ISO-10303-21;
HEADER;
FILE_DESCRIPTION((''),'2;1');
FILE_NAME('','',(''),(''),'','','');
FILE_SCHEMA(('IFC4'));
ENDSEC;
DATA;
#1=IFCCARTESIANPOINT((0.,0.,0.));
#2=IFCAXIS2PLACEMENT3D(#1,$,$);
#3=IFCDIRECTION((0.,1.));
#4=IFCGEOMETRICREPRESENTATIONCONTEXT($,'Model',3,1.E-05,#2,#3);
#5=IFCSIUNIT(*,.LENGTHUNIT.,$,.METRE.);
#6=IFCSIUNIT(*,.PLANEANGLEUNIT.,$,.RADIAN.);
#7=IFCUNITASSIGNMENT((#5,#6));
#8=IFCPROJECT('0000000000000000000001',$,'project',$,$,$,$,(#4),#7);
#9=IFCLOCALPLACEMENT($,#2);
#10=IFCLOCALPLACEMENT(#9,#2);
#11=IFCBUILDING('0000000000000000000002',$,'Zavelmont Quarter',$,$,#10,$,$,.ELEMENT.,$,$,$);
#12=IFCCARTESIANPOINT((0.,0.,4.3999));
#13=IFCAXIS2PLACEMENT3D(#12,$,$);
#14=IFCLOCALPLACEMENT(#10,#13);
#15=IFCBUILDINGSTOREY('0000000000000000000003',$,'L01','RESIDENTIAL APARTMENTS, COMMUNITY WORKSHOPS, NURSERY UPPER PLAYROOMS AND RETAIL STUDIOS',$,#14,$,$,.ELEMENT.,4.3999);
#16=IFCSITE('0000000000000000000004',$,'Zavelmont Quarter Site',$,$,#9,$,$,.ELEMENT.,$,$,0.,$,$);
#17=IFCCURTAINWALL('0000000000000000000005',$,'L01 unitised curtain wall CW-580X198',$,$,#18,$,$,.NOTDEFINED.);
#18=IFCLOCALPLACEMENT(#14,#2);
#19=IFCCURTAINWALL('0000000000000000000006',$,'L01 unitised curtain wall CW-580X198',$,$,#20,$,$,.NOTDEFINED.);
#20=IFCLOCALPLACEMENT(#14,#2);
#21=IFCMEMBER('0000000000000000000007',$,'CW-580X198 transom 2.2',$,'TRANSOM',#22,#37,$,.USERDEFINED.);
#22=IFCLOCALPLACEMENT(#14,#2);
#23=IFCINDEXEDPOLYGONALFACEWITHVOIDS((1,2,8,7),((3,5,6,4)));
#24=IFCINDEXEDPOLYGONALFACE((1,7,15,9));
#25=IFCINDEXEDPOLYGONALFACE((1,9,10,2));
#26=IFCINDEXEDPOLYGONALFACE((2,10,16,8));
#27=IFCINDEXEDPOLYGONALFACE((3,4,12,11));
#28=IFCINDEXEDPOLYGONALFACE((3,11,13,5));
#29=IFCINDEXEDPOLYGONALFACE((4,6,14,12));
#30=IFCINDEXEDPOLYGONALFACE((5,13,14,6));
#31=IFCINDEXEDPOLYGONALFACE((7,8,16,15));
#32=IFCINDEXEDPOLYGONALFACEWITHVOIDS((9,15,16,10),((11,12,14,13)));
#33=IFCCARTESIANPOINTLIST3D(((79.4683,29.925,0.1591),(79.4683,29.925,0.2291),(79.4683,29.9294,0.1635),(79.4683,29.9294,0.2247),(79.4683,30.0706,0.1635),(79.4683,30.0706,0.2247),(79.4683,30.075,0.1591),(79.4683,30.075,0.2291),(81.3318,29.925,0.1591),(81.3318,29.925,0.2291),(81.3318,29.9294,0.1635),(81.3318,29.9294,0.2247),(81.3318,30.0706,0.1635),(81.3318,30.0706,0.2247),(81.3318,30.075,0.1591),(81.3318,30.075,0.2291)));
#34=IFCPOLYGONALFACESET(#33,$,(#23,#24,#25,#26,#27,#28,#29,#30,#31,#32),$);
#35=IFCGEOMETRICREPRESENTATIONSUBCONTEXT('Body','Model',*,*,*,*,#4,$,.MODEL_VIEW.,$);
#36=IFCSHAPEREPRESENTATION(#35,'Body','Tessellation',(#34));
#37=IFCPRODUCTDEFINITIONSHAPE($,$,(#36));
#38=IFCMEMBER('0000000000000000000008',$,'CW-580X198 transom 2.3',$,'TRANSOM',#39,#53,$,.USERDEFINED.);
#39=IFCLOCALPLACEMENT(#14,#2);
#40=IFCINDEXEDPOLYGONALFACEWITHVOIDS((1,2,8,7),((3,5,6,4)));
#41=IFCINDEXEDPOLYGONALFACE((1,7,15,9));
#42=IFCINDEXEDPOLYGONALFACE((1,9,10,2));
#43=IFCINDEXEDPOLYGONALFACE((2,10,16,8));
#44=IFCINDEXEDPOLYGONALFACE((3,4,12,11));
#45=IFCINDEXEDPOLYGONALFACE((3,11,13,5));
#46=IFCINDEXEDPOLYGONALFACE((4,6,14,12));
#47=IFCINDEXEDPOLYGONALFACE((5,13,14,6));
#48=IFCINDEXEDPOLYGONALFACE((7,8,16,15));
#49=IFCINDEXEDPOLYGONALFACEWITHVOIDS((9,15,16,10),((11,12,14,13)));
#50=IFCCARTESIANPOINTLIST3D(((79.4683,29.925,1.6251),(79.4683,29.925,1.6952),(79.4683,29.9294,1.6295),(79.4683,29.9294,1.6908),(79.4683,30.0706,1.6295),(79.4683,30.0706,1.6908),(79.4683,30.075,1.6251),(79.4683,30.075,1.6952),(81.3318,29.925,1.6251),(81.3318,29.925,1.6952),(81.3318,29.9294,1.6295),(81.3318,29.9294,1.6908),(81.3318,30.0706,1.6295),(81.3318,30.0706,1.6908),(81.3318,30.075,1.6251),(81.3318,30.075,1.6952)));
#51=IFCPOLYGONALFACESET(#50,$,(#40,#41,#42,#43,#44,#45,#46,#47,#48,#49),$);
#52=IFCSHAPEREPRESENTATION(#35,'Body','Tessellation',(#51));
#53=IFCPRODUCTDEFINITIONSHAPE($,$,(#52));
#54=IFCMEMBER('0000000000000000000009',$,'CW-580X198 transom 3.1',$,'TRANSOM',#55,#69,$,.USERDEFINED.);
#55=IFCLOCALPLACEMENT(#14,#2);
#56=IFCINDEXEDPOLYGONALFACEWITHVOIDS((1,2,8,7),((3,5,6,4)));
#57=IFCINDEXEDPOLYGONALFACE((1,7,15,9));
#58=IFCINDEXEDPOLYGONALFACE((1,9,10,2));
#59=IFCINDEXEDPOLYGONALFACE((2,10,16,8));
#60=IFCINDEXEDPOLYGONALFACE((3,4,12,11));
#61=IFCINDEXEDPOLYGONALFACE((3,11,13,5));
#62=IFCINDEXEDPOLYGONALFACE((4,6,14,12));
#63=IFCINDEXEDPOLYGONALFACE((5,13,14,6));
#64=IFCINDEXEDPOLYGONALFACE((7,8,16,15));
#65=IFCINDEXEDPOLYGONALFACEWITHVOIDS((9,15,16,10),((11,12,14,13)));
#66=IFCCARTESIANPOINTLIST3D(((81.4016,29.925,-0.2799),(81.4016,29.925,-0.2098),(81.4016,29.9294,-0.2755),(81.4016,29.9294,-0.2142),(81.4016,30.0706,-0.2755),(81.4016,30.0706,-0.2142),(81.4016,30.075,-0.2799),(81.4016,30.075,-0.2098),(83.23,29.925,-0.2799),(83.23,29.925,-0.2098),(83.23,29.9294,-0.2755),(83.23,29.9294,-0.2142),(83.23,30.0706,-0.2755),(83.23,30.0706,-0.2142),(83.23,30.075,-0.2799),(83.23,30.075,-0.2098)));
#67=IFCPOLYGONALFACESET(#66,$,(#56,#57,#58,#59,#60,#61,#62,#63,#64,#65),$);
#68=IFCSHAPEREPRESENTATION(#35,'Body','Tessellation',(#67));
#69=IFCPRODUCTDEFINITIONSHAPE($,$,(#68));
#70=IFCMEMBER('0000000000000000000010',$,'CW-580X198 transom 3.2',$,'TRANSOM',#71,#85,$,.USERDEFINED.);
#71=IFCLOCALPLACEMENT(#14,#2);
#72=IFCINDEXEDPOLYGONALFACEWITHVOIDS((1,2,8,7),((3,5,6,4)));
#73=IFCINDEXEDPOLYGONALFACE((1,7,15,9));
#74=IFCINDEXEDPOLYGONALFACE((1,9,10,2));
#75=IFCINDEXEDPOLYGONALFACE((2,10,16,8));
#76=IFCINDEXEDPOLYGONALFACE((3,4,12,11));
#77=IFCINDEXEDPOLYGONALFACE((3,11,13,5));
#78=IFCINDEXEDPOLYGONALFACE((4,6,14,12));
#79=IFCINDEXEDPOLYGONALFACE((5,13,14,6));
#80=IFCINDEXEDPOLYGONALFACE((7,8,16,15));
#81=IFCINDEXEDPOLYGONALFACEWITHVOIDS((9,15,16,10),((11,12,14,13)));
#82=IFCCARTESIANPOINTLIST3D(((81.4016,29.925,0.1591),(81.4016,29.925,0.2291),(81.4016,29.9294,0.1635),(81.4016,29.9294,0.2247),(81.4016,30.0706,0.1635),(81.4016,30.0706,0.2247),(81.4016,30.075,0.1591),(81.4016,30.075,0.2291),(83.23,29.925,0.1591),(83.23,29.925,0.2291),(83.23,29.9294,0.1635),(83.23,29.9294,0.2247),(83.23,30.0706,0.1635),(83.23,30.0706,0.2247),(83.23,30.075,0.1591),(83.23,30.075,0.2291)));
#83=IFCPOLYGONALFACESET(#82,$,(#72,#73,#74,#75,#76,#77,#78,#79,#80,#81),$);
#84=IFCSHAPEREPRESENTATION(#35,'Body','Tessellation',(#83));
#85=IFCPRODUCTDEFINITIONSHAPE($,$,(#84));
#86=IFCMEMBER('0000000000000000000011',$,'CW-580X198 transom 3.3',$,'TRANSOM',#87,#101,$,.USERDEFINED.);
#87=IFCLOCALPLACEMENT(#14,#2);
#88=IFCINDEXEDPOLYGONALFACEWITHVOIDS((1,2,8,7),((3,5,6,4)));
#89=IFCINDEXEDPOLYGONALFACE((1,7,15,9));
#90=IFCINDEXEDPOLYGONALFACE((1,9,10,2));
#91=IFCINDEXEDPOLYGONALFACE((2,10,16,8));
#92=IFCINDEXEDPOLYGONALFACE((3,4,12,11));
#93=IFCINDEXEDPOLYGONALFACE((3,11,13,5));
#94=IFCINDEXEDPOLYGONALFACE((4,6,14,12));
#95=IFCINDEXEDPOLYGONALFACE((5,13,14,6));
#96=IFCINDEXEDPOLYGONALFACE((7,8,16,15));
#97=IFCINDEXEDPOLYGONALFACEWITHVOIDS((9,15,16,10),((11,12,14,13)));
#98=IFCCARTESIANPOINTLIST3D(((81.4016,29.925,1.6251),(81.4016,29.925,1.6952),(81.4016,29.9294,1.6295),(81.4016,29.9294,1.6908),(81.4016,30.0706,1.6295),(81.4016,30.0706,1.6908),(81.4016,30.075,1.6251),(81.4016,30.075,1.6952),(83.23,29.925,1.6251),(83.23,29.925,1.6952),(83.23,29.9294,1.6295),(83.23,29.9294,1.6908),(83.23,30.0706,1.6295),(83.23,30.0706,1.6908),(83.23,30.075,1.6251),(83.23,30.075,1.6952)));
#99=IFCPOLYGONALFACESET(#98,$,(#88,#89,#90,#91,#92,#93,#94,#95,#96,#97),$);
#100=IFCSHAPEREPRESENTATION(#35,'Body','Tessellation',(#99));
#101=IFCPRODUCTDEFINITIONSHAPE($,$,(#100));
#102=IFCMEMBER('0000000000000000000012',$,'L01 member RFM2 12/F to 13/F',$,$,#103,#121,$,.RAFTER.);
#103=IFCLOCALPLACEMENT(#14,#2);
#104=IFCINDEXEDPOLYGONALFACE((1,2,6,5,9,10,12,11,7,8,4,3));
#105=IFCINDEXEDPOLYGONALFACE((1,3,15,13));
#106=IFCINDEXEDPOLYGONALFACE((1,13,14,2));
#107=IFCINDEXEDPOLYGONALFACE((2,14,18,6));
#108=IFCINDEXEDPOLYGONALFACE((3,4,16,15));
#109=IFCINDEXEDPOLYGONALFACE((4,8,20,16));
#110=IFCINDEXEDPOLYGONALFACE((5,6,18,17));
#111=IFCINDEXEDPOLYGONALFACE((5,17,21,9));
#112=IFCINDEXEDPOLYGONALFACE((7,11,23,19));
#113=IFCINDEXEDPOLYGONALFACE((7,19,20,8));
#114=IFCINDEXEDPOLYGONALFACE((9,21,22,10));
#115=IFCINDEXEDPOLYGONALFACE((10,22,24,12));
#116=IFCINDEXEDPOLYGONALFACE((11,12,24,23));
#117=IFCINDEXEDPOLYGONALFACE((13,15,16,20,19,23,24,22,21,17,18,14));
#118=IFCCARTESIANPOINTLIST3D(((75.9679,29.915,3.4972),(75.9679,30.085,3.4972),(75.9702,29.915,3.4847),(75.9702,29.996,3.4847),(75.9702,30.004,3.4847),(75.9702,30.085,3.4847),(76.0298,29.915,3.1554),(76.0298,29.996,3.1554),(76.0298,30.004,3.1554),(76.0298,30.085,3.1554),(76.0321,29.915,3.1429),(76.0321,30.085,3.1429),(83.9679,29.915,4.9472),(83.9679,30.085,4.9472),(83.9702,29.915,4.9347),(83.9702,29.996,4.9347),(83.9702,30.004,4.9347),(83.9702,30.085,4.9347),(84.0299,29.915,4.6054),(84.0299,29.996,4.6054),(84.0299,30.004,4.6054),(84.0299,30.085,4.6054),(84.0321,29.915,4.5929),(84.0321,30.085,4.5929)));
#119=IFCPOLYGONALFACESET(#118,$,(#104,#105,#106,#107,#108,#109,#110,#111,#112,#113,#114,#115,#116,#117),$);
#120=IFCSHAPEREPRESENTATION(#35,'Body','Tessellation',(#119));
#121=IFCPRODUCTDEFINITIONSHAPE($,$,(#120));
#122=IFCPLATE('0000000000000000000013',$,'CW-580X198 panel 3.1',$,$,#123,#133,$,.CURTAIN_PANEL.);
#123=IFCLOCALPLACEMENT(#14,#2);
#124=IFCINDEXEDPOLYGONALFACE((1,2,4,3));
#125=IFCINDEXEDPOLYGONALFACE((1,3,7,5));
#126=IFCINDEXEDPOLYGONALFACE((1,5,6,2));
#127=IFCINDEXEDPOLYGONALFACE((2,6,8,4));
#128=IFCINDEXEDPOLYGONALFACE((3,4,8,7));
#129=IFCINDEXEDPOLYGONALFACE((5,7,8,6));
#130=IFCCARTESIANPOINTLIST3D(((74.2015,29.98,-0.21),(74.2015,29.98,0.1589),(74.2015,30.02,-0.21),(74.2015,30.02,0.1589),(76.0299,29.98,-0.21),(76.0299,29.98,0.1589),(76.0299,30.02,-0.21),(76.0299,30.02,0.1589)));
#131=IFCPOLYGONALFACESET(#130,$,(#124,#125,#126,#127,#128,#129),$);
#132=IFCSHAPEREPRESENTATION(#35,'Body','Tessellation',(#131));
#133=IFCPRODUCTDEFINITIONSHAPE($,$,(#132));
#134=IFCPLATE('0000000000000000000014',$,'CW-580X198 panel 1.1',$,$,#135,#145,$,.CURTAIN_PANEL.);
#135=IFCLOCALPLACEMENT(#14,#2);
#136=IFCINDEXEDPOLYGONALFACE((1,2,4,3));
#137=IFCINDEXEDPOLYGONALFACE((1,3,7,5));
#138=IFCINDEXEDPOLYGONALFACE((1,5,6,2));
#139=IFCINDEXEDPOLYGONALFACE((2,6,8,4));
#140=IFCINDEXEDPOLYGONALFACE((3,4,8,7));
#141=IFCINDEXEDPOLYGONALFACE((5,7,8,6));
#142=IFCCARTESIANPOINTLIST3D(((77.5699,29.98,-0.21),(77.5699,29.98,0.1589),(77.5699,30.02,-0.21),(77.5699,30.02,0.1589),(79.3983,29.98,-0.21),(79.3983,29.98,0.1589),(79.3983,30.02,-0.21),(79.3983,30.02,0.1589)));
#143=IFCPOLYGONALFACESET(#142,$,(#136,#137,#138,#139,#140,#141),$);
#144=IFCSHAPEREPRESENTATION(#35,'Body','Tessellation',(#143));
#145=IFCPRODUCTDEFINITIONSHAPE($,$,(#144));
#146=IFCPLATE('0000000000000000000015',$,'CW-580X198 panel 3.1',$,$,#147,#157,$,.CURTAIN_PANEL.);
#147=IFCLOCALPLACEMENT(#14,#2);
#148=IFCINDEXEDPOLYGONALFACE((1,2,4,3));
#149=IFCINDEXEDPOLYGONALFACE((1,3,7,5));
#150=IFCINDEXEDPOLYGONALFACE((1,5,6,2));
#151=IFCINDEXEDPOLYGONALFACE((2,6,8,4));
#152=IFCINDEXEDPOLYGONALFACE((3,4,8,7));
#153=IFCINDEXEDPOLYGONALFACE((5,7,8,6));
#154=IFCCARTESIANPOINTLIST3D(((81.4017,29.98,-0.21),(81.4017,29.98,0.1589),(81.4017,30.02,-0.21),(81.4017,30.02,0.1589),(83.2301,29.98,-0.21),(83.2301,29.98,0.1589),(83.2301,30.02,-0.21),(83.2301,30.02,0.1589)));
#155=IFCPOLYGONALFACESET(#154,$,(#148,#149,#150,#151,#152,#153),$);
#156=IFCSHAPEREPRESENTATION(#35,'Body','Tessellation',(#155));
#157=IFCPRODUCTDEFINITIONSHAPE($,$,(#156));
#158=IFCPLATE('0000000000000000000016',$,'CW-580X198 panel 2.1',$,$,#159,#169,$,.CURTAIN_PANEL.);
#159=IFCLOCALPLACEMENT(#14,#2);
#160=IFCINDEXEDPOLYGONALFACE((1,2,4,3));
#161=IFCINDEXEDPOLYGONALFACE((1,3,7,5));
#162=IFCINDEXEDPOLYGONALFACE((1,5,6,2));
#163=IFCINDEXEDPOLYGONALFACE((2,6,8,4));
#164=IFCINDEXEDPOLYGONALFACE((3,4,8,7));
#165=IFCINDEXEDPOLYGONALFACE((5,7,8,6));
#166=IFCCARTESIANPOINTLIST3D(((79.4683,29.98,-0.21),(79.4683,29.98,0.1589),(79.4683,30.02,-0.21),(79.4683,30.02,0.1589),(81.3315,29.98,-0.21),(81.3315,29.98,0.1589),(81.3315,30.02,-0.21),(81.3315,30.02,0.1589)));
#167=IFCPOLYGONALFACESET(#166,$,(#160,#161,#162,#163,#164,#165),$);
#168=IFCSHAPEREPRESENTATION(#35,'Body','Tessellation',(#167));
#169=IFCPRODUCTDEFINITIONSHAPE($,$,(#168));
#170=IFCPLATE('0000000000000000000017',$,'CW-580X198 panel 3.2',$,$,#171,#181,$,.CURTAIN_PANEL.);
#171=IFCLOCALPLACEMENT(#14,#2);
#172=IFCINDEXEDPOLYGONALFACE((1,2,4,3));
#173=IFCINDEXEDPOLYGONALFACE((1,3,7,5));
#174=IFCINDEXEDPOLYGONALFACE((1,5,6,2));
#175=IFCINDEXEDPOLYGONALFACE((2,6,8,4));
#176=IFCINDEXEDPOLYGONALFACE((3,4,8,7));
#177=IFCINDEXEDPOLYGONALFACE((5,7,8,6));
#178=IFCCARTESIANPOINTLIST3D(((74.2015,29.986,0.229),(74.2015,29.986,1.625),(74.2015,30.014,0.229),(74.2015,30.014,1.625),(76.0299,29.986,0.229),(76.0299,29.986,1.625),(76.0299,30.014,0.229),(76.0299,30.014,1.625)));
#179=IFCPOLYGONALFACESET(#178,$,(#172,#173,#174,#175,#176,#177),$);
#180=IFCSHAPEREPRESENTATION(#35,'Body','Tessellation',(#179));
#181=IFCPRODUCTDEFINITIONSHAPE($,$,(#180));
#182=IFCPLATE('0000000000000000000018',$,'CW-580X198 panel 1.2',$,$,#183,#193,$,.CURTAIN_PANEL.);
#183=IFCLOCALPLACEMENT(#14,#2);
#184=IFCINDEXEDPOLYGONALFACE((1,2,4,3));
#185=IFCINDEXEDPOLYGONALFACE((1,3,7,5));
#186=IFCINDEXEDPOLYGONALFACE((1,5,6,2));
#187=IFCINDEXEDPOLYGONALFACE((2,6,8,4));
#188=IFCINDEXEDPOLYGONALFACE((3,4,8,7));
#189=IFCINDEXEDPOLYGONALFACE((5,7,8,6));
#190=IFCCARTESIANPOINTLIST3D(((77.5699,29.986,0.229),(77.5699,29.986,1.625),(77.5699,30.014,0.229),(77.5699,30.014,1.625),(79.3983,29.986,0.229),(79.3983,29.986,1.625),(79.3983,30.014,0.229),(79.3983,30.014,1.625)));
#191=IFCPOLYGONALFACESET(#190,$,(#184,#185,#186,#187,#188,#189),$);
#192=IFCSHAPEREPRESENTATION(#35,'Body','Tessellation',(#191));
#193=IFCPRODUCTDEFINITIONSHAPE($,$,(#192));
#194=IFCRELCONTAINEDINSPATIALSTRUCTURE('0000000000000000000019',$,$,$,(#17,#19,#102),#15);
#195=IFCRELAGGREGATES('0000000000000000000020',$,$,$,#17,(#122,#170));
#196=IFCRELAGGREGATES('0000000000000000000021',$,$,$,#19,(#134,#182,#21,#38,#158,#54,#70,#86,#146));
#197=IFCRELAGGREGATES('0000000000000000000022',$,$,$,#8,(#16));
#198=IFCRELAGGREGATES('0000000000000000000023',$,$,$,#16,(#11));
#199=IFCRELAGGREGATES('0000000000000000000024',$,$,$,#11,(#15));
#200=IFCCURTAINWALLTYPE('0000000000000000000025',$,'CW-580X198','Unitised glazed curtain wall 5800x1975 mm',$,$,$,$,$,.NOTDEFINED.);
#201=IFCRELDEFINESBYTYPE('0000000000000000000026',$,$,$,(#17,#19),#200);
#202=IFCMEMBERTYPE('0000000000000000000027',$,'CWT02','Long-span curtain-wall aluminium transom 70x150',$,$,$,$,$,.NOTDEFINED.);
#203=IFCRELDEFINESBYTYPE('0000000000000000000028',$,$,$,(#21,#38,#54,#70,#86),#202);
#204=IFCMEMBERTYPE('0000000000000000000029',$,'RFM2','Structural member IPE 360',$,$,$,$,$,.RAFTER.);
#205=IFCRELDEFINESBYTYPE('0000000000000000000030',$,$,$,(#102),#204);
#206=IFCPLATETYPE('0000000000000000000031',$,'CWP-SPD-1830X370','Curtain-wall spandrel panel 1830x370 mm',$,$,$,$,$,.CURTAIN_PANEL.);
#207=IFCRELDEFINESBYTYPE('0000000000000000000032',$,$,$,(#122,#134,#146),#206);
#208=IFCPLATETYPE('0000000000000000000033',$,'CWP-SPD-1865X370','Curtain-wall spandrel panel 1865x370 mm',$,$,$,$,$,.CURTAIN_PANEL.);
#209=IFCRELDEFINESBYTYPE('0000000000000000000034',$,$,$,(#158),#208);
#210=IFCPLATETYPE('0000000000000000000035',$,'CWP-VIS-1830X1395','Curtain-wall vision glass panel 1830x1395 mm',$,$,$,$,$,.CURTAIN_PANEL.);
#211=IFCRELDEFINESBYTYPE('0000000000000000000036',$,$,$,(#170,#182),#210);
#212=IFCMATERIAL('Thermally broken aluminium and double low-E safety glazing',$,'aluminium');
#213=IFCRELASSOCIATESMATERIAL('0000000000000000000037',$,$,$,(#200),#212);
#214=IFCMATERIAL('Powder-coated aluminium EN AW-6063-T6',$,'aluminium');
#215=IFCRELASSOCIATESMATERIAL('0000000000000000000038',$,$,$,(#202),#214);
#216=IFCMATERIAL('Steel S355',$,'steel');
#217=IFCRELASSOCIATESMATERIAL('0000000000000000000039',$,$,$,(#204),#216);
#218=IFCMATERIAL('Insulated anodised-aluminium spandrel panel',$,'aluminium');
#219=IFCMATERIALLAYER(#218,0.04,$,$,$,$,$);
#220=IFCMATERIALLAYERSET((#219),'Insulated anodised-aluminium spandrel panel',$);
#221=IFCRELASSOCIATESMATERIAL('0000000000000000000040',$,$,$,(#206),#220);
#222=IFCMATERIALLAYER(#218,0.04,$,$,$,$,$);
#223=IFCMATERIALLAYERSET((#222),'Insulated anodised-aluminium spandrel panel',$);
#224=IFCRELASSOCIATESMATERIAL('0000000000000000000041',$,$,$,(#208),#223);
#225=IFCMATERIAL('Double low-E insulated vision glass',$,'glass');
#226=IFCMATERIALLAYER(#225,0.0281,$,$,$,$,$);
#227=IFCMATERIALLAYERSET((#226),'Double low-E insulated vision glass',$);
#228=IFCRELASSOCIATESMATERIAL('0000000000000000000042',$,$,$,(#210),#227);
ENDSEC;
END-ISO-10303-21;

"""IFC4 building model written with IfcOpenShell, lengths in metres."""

from ifc_helpers import new_model, si_unit, direction, frame, origin, origin_2d, place, context, subcontext, project, spatial, rectangle, hollow_rectangle, i_section, extrude, material, layer, layer_set, material_profile, profile_set, type_object, element, aggregate, save


model = new_model("IFC4")

# Units and contexts
model_context = context("Model", 3, precision=1e-05, world=origin(), true_north=direction((0.0, 1.0)))
body_context = subcontext(model_context, "Body", "Model", "MODEL_VIEW")
ifc_project = project(units=[si_unit("LENGTHUNIT", "METRE"), si_unit("PLANEANGLEUNIT", "RADIAN")], contexts=[model_context])

# Site, building, storey
site_placement = place(None, origin())
site = spatial("IfcSite", under=ifc_project, at=site_placement, Name="Zavelmont Quarter Site", CompositionType="ELEMENT", RefElevation=0.0)
building_placement = place(site_placement, origin())
building = spatial("IfcBuilding", under=site, at=building_placement, Name="Zavelmont Quarter", CompositionType="ELEMENT")
storey_placement = place(building_placement, frame((0.0, 0.0, 4.3999)))
storey = spatial("IfcBuildingStorey", under=building, at=storey_placement, Name="L01", Description="RESIDENTIAL APARTMENTS, COMMUNITY WORKSHOPS, NURSERY UPPER PLAYROOMS AND RETAIL STUDIOS", CompositionType="ELEMENT", Elevation=4.3999)

# Curtain wall
ifc_material_1 = material(Name="Thermally broken aluminium and double low-E safety glazing", Category="aluminium")
curtain_wall_type = type_object("IfcCurtainWallType", Name="CW-580X198", Description="Unitised glazed curtain wall 5800x1975 mm", PredefinedType="NOTDEFINED", material=ifc_material_1)
curtain_wall_1_placement = place(storey_placement, origin())
curtain_wall_1 = element("IfcCurtainWall", 1, at=curtain_wall_1_placement, inside=storey, type_object=curtain_wall_type, Name="L01 unitised curtain wall CW-580X198", PredefinedType="NOTDEFINED")
ifc_material_2 = material(Name="Powder-coated aluminium EN AW-6063-T6", Category="aluminium")

# Curtain wall, members
curtain_wall_2_placement = place(storey_placement, origin())
curtain_wall_2 = element("IfcCurtainWall", 2, at=curtain_wall_2_placement, inside=storey, type_object=curtain_wall_type, Name="L01 unitised curtain wall CW-580X198", PredefinedType="NOTDEFINED")
ifc_material_profile_1 = material_profile(ifc_material_2, hollow_rectangle(XDim=0.1499, YDim=0.0701, WallThickness=0.0044, at=origin_2d()), Name="CWT70X150")
ifc_profile_set_1 = profile_set([ifc_material_profile_1], Name="Powder-coated aluminium EN AW-6063-T6")
member_type_1 = type_object("IfcMemberType", Name="CWT02", Description="Long-span curtain-wall aluminium transom 70x150", PredefinedType="NOTDEFINED", material=ifc_profile_set_1)
member_1_placement = place(storey_placement, frame((79.4683, 30.0, 0.1941), z_axis=(1.0, 0.0, 0.0), x_axis=(0.0, 1.0, 0.0)))
member_1 = element("IfcMember", 3, at=member_1_placement, type_object=member_type_1, Name="CW-580X198 transom 2.2", ObjectType="TRANSOM", PredefinedType="USERDEFINED", context=body_context, shape_type="SweptSolid", body=[
    extrude(hollow_rectangle(XDim=0.1499, YDim=0.0701, WallThickness=0.0044, at=origin_2d()), origin(), (0.0, 0.0, 1.0), 1.8635),
])
member_2_placement = place(storey_placement, frame((79.4683, 30.0, 1.6602), z_axis=(1.0, 0.0, 0.0), x_axis=(0.0, 1.0, 0.0)))
member_2 = element("IfcMember", 4, at=member_2_placement, type_object=member_type_1, Name="CW-580X198 transom 2.3", ObjectType="TRANSOM", PredefinedType="USERDEFINED", context=body_context, shape_type="SweptSolid", body=[
    extrude(hollow_rectangle(XDim=0.1499, YDim=0.0701, WallThickness=0.0044, at=origin_2d()), origin(), (0.0, 0.0, 1.0), 1.8635),
])
member_3_placement = place(storey_placement, frame((81.4016, 30.0, -0.2449), z_axis=(1.0, 0.0, 0.0), x_axis=(0.0, 1.0, 0.0)))
member_3 = element("IfcMember", 5, at=member_3_placement, type_object=member_type_1, Name="CW-580X198 transom 3.1", ObjectType="TRANSOM", PredefinedType="USERDEFINED", context=body_context, shape_type="SweptSolid", body=[
    extrude(hollow_rectangle(XDim=0.1499, YDim=0.0701, WallThickness=0.0044, at=origin_2d()), origin(), (0.0, 0.0, 1.0), 1.8284),
])
member_4_placement = place(storey_placement, frame((81.4016, 30.0, 0.1941), z_axis=(1.0, 0.0, 0.0), x_axis=(0.0, 1.0, 0.0)))
member_4 = element("IfcMember", 6, at=member_4_placement, type_object=member_type_1, Name="CW-580X198 transom 3.2", ObjectType="TRANSOM", PredefinedType="USERDEFINED", context=body_context, shape_type="SweptSolid", body=[
    extrude(hollow_rectangle(XDim=0.1499, YDim=0.0701, WallThickness=0.0044, at=origin_2d()), origin(), (0.0, 0.0, 1.0), 1.8284),
])
member_5_placement = place(storey_placement, frame((81.4016, 30.0, 1.6602), z_axis=(1.0, 0.0, 0.0), x_axis=(0.0, 1.0, 0.0)))
member_5 = element("IfcMember", 7, at=member_5_placement, type_object=member_type_1, Name="CW-580X198 transom 3.3", ObjectType="TRANSOM", PredefinedType="USERDEFINED", context=body_context, shape_type="SweptSolid", body=[
    extrude(hollow_rectangle(XDim=0.1499, YDim=0.0701, WallThickness=0.0044, at=origin_2d()), origin(), (0.0, 0.0, 1.0), 1.8284),
])

# Member
ifc_material_3 = material(Name="Steel S355", Category="steel")
ifc_material_profile_2 = material_profile(ifc_material_3, i_section(OverallWidth=0.1699, OverallDepth=0.3601, WebThickness=0.0081, FlangeThickness=0.0127, at=origin_2d()), Name="IPE 360")
ifc_profile_set_2 = profile_set([ifc_material_profile_2], Name="Steel S355")
member_type_2 = type_object("IfcMemberType", Name="RFM2", Description="Structural member IPE 360", PredefinedType="RAFTER", material=ifc_profile_set_2)
member_6_placement = place(storey_placement, frame((76.0, 30.0, 3.3201), z_axis=(0.983969, 0.0, 0.178338), x_axis=(0.0, 1.0, 0.0)))
element("IfcMember", 8, at=member_6_placement, inside=storey, type_object=member_type_2, Name="L01 member RFM2 12/F to 13/F", PredefinedType="RAFTER", context=body_context, shape_type="SweptSolid", body=[
    extrude(i_section(OverallWidth=0.1699, OverallDepth=0.3601, WebThickness=0.0081, FlangeThickness=0.0127, at=origin_2d()), origin(), (0.0, 0.0, 1.0), 8.1304),
])

# Plates
ifc_material_4 = material(Name="Insulated anodised-aluminium spandrel panel", Category="aluminium")
ifc_layer_1 = layer(ifc_material_4, 0.04)
ifc_layer_set_1 = layer_set([ifc_layer_1], Name="Insulated anodised-aluminium spandrel panel")
plate_type_1 = type_object("IfcPlateType", Name="CWP-SPD-1830X370", Description="Curtain-wall spandrel panel 1830x370 mm", PredefinedType="CURTAIN_PANEL", material=ifc_layer_set_1)
plate_1_placement = place(storey_placement, frame((75.1157, 30.0, -0.21), z_axis=(0.0, 0.0, 1.0), x_axis=(1.0, 0.0, 0.0)))
plate_1 = element("IfcPlate", 9, at=plate_1_placement, type_object=plate_type_1, Name="CW-580X198 panel 3.1", PredefinedType="CURTAIN_PANEL", context=body_context, shape_type="SweptSolid", body=[
    extrude(rectangle(XDim=1.8284, YDim=0.04, at=origin_2d()), origin(), (0.0, 0.0, 1.0), 0.3689),
])
plate_2_placement = place(storey_placement, frame((78.4841, 30.0, -0.21), z_axis=(0.0, 0.0, 1.0), x_axis=(1.0, 0.0, 0.0)))
plate_2 = element("IfcPlate", 10, at=plate_2_placement, type_object=plate_type_1, Name="CW-580X198 panel 1.1", PredefinedType="CURTAIN_PANEL", context=body_context, shape_type="SweptSolid", body=[
    extrude(rectangle(XDim=1.8284, YDim=0.04, at=origin_2d()), origin(), (0.0, 0.0, 1.0), 0.3689),
])
plate_3_placement = place(storey_placement, frame((82.3159, 30.0, -0.21), z_axis=(0.0, 0.0, 1.0), x_axis=(1.0, 0.0, 0.0)))
plate_3 = element("IfcPlate", 11, at=plate_3_placement, type_object=plate_type_1, Name="CW-580X198 panel 3.1", PredefinedType="CURTAIN_PANEL", context=body_context, shape_type="SweptSolid", body=[
    extrude(rectangle(XDim=1.8284, YDim=0.04, at=origin_2d()), origin(), (0.0, 0.0, 1.0), 0.3689),
])
ifc_layer_2 = layer(ifc_material_4, 0.04)
ifc_layer_set_2 = layer_set([ifc_layer_2], Name="Insulated anodised-aluminium spandrel panel")
plate_type_2 = type_object("IfcPlateType", Name="CWP-SPD-1865X370", Description="Curtain-wall spandrel panel 1865x370 mm", PredefinedType="CURTAIN_PANEL", material=ifc_layer_set_2)
plate_4_placement = place(storey_placement, frame((80.3999, 30.0, -0.21), z_axis=(0.0, 0.0, 1.0), x_axis=(1.0, 0.0, 0.0)))
plate_4 = element("IfcPlate", 12, at=plate_4_placement, type_object=plate_type_2, Name="CW-580X198 panel 2.1", PredefinedType="CURTAIN_PANEL", context=body_context, shape_type="SweptSolid", body=[
    extrude(rectangle(XDim=1.8633, YDim=0.04, at=origin_2d()), origin(), (0.0, 0.0, 1.0), 0.3689),
])
ifc_material_5 = material(Name="Double low-E insulated vision glass", Category="glass")
ifc_layer_3 = layer(ifc_material_5, 0.0281)
ifc_layer_set_3 = layer_set([ifc_layer_3], Name="Double low-E insulated vision glass")
plate_type_3 = type_object("IfcPlateType", Name="CWP-VIS-1830X1395", Description="Curtain-wall vision glass panel 1830x1395 mm", PredefinedType="CURTAIN_PANEL", material=ifc_layer_set_3)
plate_5_placement = place(storey_placement, frame((75.1157, 30.0, 0.229), z_axis=(0.0, 0.0, 1.0), x_axis=(1.0, 0.0, 0.0)))
plate_5 = element("IfcPlate", 13, at=plate_5_placement, type_object=plate_type_3, Name="CW-580X198 panel 3.2", PredefinedType="CURTAIN_PANEL", context=body_context, shape_type="SweptSolid", body=[
    extrude(rectangle(XDim=1.8284, YDim=0.0281, at=origin_2d()), origin(), (0.0, 0.0, 1.0), 1.396),
])
aggregate(curtain_wall_1, [plate_1, plate_5])
plate_6_placement = place(storey_placement, frame((78.4841, 30.0, 0.229), z_axis=(0.0, 0.0, 1.0), x_axis=(1.0, 0.0, 0.0)))
plate_6 = element("IfcPlate", 14, at=plate_6_placement, type_object=plate_type_3, Name="CW-580X198 panel 1.2", PredefinedType="CURTAIN_PANEL", context=body_context, shape_type="SweptSolid", body=[
    extrude(rectangle(XDim=1.8284, YDim=0.0281, at=origin_2d()), origin(), (0.0, 0.0, 1.0), 1.396),
])
aggregate(curtain_wall_2, [plate_2, plate_6, member_1, member_2, plate_4, member_3, member_4, member_5, plate_3])

save(model, "model.ifc")
